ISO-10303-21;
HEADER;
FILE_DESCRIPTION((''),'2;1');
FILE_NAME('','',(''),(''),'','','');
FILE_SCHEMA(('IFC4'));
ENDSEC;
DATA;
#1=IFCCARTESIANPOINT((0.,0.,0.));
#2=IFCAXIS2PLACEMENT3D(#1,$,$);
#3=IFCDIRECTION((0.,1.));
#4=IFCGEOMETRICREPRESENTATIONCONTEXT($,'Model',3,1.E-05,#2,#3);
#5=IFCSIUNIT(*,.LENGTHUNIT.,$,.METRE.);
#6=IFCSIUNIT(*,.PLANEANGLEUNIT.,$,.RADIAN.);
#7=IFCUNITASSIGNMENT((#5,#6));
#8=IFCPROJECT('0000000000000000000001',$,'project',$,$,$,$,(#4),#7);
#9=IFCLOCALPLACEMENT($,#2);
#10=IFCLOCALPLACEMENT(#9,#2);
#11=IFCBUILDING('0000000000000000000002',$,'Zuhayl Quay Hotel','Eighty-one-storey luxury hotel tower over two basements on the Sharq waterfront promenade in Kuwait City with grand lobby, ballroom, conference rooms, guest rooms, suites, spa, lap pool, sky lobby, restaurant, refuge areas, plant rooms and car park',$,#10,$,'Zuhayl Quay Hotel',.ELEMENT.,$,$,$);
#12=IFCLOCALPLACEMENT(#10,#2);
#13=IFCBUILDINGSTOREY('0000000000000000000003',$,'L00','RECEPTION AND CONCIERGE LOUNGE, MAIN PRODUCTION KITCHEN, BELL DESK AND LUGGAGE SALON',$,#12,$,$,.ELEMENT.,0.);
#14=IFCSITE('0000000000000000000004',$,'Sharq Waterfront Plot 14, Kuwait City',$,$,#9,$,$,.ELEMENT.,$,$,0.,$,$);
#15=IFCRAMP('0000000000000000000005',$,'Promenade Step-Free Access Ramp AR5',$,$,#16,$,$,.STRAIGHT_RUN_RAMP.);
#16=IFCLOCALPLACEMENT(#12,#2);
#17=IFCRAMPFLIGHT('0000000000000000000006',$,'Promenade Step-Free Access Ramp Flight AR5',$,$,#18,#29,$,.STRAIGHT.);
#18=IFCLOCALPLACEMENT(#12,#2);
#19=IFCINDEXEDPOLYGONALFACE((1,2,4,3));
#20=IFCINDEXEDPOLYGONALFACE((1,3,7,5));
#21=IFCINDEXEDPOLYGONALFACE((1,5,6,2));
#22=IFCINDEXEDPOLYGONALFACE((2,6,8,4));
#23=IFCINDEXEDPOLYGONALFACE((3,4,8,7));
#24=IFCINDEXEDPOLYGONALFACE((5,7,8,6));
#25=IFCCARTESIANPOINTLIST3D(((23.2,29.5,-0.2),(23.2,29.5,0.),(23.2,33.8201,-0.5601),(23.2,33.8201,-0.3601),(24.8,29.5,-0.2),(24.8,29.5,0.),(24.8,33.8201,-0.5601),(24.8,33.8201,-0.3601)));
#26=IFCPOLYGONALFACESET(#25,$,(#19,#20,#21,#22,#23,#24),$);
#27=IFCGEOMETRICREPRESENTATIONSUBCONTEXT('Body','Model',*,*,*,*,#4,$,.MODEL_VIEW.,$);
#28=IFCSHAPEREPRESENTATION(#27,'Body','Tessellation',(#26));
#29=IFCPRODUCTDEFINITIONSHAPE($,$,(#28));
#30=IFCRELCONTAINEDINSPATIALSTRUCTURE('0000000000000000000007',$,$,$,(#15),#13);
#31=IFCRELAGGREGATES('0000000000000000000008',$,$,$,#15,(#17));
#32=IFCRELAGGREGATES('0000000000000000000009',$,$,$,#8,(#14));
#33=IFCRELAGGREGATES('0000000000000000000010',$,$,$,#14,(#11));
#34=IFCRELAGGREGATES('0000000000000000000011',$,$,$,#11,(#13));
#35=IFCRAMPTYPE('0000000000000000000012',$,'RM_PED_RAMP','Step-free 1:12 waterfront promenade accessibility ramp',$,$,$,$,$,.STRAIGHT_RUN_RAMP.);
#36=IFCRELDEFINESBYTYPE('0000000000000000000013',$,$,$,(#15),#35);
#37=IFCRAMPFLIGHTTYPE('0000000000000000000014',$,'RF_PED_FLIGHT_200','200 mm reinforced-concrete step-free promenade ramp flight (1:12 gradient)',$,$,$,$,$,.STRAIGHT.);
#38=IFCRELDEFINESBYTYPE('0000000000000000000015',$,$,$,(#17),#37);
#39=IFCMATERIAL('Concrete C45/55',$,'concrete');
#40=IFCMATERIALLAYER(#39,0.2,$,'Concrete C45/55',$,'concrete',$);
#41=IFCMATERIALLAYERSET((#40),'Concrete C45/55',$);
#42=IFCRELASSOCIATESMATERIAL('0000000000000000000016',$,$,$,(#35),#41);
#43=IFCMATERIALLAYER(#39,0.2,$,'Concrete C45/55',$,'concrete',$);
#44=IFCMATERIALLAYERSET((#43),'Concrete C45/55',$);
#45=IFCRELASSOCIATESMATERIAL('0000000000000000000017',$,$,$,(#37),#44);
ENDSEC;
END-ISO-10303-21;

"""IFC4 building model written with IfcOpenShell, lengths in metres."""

from ifc_helpers import new_model, si_unit, direction, frame, origin, place, context, subcontext, project, spatial, polyline, outline, extrude, material, layer, layer_set, type_object, element, aggregate, save


model = new_model("IFC4")

# Units and contexts
model_context = context("Model", 3, precision=1e-05, world=origin(), true_north=direction((0.0, 1.0)))
body_context = subcontext(model_context, "Body", "Model", "MODEL_VIEW")
ifc_project = project(units=[si_unit("LENGTHUNIT", "METRE"), si_unit("PLANEANGLEUNIT", "RADIAN")], contexts=[model_context])

# Site, building, storey
site_placement = place(None, origin())
site = spatial("IfcSite", under=ifc_project, at=site_placement, Name="Sharq Waterfront Plot 14, Kuwait City", CompositionType="ELEMENT", RefElevation=0.0)
building_placement = place(site_placement, origin())
building = spatial("IfcBuilding", under=site, at=building_placement, Name="Zuhayl Quay Hotel", Description="Eighty-one-storey luxury hotel tower over two basements on the Sharq waterfront promenade in Kuwait City with grand lobby, ballroom, conference rooms, guest rooms, suites, spa, lap pool, sky lobby, restaurant, refuge areas, plant rooms and car park", LongName="Zuhayl Quay Hotel", CompositionType="ELEMENT")
storey_placement = place(building_placement, origin())
storey = spatial("IfcBuildingStorey", under=building, at=storey_placement, Name="L00", Description="RECEPTION AND CONCIERGE LOUNGE, MAIN PRODUCTION KITCHEN, BELL DESK AND LUGGAGE SALON", CompositionType="ELEMENT", Elevation=0.0)

# Ramp, ramp flight
ifc_material_1 = material(Name="Concrete C45/55", Category="concrete")
ifc_layer_1 = layer(ifc_material_1, 0.2, Name="Concrete C45/55", Category="concrete")
ifc_layer_set_1 = layer_set([ifc_layer_1], Name="Concrete C45/55")
ramp_type = type_object("IfcRampType", Name="RM_PED_RAMP", Description="Step-free 1:12 waterfront promenade accessibility ramp", PredefinedType="STRAIGHT_RUN_RAMP", material=ifc_layer_set_1)
ramp_placement = place(storey_placement, origin())
ramp = element("IfcRamp", 1, at=ramp_placement, inside=storey, type_object=ramp_type, Name="Promenade Step-Free Access Ramp AR5", PredefinedType="STRAIGHT_RUN_RAMP")
ifc_layer_2 = layer(ifc_material_1, 0.2, Name="Concrete C45/55", Category="concrete")
ifc_layer_set_2 = layer_set([ifc_layer_2], Name="Concrete C45/55")
ramp_flight_type = type_object("IfcRampFlightType", Name="RF_PED_FLIGHT_200", Description="200 mm reinforced-concrete step-free promenade ramp flight (1:12 gradient)", PredefinedType="STRAIGHT", material=ifc_layer_set_2)
ramp_flight_placement = place(storey_placement, frame((24.0, 33.8201, -0.3601), z_axis=(0.0, 0.0, 1.0), x_axis=(0.0, -1.0, 0.0)))
ramp_flight = element("IfcRampFlight", 2, at=ramp_flight_placement, type_object=ramp_flight_type, Name="Promenade Step-Free Access Ramp Flight AR5", PredefinedType="STRAIGHT", context=body_context, shape_type="SweptSolid", body=[
    extrude(outline(polyline([(0.0, -0.2), (4.3201, 0.1602), (4.3201, 0.3601), (0.0, 0.0), (0.0, -0.2)])), frame((0.0, 0.8, 0.0), z_axis=(0.0, -1.0, 0.0), x_axis=(1.0, 0.0, 0.0)), (0.0, 0.0, 1.0), 1.6001),
])
aggregate(ramp, [ramp_flight])

save(model, "model.ifc")
